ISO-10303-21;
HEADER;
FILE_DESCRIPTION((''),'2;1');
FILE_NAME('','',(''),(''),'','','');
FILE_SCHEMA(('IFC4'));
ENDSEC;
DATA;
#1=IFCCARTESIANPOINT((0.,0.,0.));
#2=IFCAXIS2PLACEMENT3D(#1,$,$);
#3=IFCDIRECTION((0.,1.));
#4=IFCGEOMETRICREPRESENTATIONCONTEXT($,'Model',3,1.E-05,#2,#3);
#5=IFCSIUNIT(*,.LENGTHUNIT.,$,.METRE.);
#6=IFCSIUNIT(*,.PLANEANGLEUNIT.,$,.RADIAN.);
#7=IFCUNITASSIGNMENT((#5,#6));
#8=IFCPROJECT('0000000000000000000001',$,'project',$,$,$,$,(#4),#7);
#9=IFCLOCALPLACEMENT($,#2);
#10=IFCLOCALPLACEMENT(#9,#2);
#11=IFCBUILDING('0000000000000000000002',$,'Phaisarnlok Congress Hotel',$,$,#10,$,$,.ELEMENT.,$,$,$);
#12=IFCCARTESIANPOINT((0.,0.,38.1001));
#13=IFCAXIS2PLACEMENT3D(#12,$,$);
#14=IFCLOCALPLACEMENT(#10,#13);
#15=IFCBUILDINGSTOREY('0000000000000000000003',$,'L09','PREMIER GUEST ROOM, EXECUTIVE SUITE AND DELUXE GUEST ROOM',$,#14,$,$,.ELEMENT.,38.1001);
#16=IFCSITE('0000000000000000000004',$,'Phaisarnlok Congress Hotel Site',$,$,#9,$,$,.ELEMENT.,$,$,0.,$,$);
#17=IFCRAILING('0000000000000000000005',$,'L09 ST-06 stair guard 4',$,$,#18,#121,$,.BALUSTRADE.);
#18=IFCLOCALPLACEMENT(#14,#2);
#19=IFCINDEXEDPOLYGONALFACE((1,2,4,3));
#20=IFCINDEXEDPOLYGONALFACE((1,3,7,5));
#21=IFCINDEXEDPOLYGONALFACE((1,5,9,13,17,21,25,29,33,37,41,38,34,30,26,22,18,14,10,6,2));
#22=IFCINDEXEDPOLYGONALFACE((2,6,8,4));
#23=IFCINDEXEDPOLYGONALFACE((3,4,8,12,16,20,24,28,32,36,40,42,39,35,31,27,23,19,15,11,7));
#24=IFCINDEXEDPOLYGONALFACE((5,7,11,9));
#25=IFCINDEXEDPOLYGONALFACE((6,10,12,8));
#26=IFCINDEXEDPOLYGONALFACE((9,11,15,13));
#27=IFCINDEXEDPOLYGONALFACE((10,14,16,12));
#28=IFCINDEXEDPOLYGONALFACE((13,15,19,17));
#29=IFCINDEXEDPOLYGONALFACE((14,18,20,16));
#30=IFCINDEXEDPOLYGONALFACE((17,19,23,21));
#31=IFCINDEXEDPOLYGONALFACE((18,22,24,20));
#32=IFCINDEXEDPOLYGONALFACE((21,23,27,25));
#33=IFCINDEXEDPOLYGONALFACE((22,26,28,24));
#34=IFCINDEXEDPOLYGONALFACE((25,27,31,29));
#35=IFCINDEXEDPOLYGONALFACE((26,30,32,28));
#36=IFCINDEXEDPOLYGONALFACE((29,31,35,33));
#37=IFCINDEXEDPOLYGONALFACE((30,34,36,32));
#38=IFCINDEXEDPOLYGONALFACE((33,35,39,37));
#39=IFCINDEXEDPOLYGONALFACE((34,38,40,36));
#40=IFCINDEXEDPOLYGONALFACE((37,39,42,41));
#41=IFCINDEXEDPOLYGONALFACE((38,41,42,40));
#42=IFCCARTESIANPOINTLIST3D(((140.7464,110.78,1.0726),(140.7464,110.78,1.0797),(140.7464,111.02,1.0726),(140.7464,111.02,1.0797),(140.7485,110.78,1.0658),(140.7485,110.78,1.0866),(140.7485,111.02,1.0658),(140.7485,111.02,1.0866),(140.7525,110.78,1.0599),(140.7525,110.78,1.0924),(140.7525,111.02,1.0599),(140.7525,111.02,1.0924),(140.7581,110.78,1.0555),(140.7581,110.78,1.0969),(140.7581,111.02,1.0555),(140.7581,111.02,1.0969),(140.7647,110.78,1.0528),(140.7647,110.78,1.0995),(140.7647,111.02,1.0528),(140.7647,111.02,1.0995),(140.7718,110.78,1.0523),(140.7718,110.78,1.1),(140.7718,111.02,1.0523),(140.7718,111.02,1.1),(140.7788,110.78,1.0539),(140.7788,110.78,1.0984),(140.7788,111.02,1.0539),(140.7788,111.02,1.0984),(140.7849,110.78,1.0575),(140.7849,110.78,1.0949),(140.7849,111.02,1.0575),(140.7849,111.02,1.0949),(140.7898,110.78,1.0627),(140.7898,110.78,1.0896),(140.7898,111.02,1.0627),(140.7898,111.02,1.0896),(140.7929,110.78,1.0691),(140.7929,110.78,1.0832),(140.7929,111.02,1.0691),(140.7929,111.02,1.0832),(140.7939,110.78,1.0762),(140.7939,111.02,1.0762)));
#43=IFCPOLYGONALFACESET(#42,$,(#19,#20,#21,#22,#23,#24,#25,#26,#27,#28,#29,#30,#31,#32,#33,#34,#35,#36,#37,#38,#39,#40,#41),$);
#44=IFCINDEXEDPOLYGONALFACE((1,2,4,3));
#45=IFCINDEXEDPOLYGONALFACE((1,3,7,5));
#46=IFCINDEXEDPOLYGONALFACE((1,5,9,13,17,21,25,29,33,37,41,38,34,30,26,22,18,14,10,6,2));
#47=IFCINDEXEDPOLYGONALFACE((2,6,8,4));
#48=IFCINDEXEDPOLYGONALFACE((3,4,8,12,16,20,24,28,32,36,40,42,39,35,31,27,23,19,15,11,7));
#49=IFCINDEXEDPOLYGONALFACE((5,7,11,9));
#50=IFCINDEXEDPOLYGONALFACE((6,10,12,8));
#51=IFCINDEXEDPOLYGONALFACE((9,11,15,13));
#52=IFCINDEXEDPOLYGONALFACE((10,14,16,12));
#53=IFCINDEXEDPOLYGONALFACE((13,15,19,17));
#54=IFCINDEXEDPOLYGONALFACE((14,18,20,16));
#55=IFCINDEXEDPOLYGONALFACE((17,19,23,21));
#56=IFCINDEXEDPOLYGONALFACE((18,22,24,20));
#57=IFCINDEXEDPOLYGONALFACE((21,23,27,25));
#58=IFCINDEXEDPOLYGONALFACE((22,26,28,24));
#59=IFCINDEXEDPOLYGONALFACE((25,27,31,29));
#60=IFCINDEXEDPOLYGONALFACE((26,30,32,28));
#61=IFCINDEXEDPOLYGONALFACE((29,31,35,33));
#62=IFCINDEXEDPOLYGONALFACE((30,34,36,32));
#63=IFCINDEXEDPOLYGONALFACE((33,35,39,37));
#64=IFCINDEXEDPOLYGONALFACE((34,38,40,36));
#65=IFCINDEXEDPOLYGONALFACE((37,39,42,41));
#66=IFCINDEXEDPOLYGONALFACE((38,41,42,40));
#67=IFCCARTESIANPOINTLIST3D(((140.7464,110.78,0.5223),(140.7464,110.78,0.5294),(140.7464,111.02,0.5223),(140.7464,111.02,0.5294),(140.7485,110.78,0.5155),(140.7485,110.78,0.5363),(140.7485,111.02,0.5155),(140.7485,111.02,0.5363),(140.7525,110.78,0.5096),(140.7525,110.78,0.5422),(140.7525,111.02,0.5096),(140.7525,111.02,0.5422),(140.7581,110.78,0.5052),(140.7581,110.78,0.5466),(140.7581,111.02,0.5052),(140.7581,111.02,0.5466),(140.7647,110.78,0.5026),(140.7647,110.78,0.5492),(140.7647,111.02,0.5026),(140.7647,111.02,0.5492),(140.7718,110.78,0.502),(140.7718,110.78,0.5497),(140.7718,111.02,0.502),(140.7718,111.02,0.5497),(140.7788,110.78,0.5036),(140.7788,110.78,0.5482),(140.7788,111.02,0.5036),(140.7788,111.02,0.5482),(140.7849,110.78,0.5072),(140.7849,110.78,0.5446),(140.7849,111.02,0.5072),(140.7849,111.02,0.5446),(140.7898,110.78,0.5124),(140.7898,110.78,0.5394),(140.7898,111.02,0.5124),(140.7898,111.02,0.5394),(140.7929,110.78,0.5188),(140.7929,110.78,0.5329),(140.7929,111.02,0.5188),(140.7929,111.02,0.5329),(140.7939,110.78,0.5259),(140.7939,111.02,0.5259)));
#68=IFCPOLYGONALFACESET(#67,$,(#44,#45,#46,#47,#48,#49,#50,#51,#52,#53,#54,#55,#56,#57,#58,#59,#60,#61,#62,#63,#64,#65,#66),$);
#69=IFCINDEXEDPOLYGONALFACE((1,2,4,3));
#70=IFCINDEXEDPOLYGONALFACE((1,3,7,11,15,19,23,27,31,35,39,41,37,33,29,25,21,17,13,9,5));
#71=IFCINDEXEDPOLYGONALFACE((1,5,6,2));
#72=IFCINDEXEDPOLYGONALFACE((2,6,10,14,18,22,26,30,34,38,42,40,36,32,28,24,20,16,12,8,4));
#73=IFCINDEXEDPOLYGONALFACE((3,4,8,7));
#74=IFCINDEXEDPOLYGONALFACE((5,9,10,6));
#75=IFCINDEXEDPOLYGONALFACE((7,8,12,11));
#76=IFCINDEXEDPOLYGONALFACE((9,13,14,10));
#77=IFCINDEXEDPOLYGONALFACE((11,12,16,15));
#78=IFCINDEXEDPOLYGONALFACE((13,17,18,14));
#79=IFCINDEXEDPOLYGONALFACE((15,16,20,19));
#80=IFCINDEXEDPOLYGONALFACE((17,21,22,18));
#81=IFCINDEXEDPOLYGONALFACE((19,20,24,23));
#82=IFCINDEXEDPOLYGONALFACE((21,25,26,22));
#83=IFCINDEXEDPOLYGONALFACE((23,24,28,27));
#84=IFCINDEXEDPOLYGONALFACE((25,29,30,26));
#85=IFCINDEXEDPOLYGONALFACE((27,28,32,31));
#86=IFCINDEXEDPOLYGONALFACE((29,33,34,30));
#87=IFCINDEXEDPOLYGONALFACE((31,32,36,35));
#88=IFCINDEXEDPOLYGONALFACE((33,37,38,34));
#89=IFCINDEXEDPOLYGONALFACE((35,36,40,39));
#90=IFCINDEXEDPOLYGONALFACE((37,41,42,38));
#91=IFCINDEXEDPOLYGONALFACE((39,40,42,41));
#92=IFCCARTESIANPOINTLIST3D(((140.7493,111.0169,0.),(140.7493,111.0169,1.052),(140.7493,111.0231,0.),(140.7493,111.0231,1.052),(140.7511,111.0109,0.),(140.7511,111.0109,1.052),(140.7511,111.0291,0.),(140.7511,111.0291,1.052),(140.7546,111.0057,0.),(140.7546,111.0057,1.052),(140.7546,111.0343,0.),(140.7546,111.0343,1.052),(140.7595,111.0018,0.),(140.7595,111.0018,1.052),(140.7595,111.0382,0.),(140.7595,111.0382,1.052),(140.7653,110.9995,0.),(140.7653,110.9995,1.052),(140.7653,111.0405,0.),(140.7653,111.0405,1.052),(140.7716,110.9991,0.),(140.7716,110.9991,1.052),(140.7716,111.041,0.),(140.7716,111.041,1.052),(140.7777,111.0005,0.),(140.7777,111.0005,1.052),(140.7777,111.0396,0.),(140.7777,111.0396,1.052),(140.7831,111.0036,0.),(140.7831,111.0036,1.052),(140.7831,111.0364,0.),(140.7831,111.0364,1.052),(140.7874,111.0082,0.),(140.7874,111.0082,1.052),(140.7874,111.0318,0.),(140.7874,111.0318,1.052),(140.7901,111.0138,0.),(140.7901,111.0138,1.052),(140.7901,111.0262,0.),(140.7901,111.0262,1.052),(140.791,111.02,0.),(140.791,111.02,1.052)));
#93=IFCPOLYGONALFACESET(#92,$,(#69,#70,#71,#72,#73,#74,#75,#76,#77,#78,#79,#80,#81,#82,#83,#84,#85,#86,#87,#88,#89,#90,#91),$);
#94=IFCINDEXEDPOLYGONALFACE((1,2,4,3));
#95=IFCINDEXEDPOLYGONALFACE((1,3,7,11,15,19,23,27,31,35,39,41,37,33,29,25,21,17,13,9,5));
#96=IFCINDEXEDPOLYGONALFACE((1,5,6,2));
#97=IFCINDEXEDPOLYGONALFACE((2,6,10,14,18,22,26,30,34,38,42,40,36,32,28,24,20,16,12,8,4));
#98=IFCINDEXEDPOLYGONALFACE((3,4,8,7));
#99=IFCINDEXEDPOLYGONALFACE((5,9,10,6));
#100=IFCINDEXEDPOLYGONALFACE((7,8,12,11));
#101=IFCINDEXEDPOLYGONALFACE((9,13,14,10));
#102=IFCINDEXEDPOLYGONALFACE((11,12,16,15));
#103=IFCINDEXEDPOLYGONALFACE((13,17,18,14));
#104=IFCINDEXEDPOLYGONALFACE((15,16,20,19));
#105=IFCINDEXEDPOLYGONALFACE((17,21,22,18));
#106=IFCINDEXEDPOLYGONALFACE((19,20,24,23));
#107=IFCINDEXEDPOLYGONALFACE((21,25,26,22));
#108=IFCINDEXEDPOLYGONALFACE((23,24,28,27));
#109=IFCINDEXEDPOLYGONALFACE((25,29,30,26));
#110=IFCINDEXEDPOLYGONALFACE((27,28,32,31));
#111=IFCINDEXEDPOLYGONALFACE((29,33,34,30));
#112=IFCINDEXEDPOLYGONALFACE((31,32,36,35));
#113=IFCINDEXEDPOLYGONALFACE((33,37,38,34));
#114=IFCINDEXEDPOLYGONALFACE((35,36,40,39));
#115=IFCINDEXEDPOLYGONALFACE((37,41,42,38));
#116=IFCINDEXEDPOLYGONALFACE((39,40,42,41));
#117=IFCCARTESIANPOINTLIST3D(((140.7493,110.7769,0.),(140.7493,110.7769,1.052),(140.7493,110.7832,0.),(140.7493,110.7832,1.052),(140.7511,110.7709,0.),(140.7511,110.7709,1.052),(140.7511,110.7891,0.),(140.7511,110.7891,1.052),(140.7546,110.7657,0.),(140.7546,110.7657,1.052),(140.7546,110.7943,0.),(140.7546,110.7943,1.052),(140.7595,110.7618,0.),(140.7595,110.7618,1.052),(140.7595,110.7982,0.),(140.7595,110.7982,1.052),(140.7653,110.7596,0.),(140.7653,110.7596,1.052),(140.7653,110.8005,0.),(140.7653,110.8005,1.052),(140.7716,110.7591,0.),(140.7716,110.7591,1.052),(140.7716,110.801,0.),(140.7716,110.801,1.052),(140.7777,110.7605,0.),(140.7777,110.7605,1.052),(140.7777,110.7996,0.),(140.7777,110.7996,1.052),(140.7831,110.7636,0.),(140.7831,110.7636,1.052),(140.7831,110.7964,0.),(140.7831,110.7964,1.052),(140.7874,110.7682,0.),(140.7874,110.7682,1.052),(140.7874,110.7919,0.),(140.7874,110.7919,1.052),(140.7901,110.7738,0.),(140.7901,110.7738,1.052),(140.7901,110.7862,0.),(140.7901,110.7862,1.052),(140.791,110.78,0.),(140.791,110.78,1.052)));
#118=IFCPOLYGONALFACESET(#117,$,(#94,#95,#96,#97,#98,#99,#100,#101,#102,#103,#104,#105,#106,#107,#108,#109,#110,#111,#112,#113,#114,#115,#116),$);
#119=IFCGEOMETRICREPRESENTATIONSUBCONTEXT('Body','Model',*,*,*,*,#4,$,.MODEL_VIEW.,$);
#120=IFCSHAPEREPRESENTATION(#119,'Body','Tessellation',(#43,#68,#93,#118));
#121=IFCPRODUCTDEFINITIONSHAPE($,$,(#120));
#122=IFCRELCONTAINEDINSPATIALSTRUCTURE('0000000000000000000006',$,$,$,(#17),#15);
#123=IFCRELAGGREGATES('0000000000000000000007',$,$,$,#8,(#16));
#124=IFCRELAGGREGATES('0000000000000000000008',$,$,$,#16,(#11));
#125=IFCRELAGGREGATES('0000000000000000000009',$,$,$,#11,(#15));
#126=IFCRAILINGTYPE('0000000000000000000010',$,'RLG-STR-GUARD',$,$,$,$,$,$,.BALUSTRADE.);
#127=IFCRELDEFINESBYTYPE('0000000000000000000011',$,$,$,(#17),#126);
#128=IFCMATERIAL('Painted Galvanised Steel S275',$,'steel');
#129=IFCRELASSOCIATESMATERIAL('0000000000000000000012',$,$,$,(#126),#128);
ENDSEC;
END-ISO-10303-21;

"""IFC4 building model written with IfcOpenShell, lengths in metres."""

from ifc_helpers import new_model, si_unit, direction, frame, origin, origin_2d, place, context, subcontext, project, spatial, circle, extrude, material, type_object, element, save


model = new_model("IFC4")

# Units and contexts
model_context = context("Model", 3, precision=1e-05, world=origin(), true_north=direction((0.0, 1.0)))
body_context = subcontext(model_context, "Body", "Model", "MODEL_VIEW")
ifc_project = project(units=[si_unit("LENGTHUNIT", "METRE"), si_unit("PLANEANGLEUNIT", "RADIAN")], contexts=[model_context])

# Site, building, storey
site_placement = place(None, origin())
site = spatial("IfcSite", under=ifc_project, at=site_placement, Name="Phaisarnlok Congress Hotel Site", CompositionType="ELEMENT", RefElevation=0.0)
building_placement = place(site_placement, origin())
building = spatial("IfcBuilding", under=site, at=building_placement, Name="Phaisarnlok Congress Hotel", CompositionType="ELEMENT")
storey_placement = place(building_placement, frame((0.0, 0.0, 38.1001)))
storey = spatial("IfcBuildingStorey", under=building, at=storey_placement, Name="L09", Description="PREMIER GUEST ROOM, EXECUTIVE SUITE AND DELUXE GUEST ROOM", CompositionType="ELEMENT", Elevation=38.1001)

# Railing
ifc_material_1 = material(Name="Painted Galvanised Steel S275", Category="steel")
railing_type = type_object("IfcRailingType", Name="RLG-STR-GUARD", PredefinedType="BALUSTRADE", material=ifc_material_1)
railing_1_placement = place(storey_placement, frame((140.77, 111.02, 0.0)))
element("IfcRailing", 1, at=railing_1_placement, inside=storey, type_object=railing_type, Name="L09 ST-06 stair guard 4", PredefinedType="BALUSTRADE", context=body_context, shape_type="SweptSolid", body=[
    extrude(circle(Radius=0.0239, at=origin_2d()), frame((0.0, 0.0, 1.0762), z_axis=(0.0, -1.0, 0.0), x_axis=(1.0, 0.0, 0.0)), (0.0, 0.0, 1.0), 0.24),
    extrude(circle(Radius=0.0239, at=origin_2d()), frame((0.0, 0.0, 0.5259), z_axis=(0.0, -1.0, 0.0), x_axis=(1.0, 0.0, 0.0)), (0.0, 0.0, 1.0), 0.24),
    extrude(circle(Radius=0.021, at=origin_2d()), origin(), (0.0, 0.0, 1.0), 1.052),
    extrude(circle(Radius=0.021, at=origin_2d()), frame((0.0, -0.24, 0.0)), (0.0, 0.0, 1.0), 1.052),
])

save(model, "model.ifc")
